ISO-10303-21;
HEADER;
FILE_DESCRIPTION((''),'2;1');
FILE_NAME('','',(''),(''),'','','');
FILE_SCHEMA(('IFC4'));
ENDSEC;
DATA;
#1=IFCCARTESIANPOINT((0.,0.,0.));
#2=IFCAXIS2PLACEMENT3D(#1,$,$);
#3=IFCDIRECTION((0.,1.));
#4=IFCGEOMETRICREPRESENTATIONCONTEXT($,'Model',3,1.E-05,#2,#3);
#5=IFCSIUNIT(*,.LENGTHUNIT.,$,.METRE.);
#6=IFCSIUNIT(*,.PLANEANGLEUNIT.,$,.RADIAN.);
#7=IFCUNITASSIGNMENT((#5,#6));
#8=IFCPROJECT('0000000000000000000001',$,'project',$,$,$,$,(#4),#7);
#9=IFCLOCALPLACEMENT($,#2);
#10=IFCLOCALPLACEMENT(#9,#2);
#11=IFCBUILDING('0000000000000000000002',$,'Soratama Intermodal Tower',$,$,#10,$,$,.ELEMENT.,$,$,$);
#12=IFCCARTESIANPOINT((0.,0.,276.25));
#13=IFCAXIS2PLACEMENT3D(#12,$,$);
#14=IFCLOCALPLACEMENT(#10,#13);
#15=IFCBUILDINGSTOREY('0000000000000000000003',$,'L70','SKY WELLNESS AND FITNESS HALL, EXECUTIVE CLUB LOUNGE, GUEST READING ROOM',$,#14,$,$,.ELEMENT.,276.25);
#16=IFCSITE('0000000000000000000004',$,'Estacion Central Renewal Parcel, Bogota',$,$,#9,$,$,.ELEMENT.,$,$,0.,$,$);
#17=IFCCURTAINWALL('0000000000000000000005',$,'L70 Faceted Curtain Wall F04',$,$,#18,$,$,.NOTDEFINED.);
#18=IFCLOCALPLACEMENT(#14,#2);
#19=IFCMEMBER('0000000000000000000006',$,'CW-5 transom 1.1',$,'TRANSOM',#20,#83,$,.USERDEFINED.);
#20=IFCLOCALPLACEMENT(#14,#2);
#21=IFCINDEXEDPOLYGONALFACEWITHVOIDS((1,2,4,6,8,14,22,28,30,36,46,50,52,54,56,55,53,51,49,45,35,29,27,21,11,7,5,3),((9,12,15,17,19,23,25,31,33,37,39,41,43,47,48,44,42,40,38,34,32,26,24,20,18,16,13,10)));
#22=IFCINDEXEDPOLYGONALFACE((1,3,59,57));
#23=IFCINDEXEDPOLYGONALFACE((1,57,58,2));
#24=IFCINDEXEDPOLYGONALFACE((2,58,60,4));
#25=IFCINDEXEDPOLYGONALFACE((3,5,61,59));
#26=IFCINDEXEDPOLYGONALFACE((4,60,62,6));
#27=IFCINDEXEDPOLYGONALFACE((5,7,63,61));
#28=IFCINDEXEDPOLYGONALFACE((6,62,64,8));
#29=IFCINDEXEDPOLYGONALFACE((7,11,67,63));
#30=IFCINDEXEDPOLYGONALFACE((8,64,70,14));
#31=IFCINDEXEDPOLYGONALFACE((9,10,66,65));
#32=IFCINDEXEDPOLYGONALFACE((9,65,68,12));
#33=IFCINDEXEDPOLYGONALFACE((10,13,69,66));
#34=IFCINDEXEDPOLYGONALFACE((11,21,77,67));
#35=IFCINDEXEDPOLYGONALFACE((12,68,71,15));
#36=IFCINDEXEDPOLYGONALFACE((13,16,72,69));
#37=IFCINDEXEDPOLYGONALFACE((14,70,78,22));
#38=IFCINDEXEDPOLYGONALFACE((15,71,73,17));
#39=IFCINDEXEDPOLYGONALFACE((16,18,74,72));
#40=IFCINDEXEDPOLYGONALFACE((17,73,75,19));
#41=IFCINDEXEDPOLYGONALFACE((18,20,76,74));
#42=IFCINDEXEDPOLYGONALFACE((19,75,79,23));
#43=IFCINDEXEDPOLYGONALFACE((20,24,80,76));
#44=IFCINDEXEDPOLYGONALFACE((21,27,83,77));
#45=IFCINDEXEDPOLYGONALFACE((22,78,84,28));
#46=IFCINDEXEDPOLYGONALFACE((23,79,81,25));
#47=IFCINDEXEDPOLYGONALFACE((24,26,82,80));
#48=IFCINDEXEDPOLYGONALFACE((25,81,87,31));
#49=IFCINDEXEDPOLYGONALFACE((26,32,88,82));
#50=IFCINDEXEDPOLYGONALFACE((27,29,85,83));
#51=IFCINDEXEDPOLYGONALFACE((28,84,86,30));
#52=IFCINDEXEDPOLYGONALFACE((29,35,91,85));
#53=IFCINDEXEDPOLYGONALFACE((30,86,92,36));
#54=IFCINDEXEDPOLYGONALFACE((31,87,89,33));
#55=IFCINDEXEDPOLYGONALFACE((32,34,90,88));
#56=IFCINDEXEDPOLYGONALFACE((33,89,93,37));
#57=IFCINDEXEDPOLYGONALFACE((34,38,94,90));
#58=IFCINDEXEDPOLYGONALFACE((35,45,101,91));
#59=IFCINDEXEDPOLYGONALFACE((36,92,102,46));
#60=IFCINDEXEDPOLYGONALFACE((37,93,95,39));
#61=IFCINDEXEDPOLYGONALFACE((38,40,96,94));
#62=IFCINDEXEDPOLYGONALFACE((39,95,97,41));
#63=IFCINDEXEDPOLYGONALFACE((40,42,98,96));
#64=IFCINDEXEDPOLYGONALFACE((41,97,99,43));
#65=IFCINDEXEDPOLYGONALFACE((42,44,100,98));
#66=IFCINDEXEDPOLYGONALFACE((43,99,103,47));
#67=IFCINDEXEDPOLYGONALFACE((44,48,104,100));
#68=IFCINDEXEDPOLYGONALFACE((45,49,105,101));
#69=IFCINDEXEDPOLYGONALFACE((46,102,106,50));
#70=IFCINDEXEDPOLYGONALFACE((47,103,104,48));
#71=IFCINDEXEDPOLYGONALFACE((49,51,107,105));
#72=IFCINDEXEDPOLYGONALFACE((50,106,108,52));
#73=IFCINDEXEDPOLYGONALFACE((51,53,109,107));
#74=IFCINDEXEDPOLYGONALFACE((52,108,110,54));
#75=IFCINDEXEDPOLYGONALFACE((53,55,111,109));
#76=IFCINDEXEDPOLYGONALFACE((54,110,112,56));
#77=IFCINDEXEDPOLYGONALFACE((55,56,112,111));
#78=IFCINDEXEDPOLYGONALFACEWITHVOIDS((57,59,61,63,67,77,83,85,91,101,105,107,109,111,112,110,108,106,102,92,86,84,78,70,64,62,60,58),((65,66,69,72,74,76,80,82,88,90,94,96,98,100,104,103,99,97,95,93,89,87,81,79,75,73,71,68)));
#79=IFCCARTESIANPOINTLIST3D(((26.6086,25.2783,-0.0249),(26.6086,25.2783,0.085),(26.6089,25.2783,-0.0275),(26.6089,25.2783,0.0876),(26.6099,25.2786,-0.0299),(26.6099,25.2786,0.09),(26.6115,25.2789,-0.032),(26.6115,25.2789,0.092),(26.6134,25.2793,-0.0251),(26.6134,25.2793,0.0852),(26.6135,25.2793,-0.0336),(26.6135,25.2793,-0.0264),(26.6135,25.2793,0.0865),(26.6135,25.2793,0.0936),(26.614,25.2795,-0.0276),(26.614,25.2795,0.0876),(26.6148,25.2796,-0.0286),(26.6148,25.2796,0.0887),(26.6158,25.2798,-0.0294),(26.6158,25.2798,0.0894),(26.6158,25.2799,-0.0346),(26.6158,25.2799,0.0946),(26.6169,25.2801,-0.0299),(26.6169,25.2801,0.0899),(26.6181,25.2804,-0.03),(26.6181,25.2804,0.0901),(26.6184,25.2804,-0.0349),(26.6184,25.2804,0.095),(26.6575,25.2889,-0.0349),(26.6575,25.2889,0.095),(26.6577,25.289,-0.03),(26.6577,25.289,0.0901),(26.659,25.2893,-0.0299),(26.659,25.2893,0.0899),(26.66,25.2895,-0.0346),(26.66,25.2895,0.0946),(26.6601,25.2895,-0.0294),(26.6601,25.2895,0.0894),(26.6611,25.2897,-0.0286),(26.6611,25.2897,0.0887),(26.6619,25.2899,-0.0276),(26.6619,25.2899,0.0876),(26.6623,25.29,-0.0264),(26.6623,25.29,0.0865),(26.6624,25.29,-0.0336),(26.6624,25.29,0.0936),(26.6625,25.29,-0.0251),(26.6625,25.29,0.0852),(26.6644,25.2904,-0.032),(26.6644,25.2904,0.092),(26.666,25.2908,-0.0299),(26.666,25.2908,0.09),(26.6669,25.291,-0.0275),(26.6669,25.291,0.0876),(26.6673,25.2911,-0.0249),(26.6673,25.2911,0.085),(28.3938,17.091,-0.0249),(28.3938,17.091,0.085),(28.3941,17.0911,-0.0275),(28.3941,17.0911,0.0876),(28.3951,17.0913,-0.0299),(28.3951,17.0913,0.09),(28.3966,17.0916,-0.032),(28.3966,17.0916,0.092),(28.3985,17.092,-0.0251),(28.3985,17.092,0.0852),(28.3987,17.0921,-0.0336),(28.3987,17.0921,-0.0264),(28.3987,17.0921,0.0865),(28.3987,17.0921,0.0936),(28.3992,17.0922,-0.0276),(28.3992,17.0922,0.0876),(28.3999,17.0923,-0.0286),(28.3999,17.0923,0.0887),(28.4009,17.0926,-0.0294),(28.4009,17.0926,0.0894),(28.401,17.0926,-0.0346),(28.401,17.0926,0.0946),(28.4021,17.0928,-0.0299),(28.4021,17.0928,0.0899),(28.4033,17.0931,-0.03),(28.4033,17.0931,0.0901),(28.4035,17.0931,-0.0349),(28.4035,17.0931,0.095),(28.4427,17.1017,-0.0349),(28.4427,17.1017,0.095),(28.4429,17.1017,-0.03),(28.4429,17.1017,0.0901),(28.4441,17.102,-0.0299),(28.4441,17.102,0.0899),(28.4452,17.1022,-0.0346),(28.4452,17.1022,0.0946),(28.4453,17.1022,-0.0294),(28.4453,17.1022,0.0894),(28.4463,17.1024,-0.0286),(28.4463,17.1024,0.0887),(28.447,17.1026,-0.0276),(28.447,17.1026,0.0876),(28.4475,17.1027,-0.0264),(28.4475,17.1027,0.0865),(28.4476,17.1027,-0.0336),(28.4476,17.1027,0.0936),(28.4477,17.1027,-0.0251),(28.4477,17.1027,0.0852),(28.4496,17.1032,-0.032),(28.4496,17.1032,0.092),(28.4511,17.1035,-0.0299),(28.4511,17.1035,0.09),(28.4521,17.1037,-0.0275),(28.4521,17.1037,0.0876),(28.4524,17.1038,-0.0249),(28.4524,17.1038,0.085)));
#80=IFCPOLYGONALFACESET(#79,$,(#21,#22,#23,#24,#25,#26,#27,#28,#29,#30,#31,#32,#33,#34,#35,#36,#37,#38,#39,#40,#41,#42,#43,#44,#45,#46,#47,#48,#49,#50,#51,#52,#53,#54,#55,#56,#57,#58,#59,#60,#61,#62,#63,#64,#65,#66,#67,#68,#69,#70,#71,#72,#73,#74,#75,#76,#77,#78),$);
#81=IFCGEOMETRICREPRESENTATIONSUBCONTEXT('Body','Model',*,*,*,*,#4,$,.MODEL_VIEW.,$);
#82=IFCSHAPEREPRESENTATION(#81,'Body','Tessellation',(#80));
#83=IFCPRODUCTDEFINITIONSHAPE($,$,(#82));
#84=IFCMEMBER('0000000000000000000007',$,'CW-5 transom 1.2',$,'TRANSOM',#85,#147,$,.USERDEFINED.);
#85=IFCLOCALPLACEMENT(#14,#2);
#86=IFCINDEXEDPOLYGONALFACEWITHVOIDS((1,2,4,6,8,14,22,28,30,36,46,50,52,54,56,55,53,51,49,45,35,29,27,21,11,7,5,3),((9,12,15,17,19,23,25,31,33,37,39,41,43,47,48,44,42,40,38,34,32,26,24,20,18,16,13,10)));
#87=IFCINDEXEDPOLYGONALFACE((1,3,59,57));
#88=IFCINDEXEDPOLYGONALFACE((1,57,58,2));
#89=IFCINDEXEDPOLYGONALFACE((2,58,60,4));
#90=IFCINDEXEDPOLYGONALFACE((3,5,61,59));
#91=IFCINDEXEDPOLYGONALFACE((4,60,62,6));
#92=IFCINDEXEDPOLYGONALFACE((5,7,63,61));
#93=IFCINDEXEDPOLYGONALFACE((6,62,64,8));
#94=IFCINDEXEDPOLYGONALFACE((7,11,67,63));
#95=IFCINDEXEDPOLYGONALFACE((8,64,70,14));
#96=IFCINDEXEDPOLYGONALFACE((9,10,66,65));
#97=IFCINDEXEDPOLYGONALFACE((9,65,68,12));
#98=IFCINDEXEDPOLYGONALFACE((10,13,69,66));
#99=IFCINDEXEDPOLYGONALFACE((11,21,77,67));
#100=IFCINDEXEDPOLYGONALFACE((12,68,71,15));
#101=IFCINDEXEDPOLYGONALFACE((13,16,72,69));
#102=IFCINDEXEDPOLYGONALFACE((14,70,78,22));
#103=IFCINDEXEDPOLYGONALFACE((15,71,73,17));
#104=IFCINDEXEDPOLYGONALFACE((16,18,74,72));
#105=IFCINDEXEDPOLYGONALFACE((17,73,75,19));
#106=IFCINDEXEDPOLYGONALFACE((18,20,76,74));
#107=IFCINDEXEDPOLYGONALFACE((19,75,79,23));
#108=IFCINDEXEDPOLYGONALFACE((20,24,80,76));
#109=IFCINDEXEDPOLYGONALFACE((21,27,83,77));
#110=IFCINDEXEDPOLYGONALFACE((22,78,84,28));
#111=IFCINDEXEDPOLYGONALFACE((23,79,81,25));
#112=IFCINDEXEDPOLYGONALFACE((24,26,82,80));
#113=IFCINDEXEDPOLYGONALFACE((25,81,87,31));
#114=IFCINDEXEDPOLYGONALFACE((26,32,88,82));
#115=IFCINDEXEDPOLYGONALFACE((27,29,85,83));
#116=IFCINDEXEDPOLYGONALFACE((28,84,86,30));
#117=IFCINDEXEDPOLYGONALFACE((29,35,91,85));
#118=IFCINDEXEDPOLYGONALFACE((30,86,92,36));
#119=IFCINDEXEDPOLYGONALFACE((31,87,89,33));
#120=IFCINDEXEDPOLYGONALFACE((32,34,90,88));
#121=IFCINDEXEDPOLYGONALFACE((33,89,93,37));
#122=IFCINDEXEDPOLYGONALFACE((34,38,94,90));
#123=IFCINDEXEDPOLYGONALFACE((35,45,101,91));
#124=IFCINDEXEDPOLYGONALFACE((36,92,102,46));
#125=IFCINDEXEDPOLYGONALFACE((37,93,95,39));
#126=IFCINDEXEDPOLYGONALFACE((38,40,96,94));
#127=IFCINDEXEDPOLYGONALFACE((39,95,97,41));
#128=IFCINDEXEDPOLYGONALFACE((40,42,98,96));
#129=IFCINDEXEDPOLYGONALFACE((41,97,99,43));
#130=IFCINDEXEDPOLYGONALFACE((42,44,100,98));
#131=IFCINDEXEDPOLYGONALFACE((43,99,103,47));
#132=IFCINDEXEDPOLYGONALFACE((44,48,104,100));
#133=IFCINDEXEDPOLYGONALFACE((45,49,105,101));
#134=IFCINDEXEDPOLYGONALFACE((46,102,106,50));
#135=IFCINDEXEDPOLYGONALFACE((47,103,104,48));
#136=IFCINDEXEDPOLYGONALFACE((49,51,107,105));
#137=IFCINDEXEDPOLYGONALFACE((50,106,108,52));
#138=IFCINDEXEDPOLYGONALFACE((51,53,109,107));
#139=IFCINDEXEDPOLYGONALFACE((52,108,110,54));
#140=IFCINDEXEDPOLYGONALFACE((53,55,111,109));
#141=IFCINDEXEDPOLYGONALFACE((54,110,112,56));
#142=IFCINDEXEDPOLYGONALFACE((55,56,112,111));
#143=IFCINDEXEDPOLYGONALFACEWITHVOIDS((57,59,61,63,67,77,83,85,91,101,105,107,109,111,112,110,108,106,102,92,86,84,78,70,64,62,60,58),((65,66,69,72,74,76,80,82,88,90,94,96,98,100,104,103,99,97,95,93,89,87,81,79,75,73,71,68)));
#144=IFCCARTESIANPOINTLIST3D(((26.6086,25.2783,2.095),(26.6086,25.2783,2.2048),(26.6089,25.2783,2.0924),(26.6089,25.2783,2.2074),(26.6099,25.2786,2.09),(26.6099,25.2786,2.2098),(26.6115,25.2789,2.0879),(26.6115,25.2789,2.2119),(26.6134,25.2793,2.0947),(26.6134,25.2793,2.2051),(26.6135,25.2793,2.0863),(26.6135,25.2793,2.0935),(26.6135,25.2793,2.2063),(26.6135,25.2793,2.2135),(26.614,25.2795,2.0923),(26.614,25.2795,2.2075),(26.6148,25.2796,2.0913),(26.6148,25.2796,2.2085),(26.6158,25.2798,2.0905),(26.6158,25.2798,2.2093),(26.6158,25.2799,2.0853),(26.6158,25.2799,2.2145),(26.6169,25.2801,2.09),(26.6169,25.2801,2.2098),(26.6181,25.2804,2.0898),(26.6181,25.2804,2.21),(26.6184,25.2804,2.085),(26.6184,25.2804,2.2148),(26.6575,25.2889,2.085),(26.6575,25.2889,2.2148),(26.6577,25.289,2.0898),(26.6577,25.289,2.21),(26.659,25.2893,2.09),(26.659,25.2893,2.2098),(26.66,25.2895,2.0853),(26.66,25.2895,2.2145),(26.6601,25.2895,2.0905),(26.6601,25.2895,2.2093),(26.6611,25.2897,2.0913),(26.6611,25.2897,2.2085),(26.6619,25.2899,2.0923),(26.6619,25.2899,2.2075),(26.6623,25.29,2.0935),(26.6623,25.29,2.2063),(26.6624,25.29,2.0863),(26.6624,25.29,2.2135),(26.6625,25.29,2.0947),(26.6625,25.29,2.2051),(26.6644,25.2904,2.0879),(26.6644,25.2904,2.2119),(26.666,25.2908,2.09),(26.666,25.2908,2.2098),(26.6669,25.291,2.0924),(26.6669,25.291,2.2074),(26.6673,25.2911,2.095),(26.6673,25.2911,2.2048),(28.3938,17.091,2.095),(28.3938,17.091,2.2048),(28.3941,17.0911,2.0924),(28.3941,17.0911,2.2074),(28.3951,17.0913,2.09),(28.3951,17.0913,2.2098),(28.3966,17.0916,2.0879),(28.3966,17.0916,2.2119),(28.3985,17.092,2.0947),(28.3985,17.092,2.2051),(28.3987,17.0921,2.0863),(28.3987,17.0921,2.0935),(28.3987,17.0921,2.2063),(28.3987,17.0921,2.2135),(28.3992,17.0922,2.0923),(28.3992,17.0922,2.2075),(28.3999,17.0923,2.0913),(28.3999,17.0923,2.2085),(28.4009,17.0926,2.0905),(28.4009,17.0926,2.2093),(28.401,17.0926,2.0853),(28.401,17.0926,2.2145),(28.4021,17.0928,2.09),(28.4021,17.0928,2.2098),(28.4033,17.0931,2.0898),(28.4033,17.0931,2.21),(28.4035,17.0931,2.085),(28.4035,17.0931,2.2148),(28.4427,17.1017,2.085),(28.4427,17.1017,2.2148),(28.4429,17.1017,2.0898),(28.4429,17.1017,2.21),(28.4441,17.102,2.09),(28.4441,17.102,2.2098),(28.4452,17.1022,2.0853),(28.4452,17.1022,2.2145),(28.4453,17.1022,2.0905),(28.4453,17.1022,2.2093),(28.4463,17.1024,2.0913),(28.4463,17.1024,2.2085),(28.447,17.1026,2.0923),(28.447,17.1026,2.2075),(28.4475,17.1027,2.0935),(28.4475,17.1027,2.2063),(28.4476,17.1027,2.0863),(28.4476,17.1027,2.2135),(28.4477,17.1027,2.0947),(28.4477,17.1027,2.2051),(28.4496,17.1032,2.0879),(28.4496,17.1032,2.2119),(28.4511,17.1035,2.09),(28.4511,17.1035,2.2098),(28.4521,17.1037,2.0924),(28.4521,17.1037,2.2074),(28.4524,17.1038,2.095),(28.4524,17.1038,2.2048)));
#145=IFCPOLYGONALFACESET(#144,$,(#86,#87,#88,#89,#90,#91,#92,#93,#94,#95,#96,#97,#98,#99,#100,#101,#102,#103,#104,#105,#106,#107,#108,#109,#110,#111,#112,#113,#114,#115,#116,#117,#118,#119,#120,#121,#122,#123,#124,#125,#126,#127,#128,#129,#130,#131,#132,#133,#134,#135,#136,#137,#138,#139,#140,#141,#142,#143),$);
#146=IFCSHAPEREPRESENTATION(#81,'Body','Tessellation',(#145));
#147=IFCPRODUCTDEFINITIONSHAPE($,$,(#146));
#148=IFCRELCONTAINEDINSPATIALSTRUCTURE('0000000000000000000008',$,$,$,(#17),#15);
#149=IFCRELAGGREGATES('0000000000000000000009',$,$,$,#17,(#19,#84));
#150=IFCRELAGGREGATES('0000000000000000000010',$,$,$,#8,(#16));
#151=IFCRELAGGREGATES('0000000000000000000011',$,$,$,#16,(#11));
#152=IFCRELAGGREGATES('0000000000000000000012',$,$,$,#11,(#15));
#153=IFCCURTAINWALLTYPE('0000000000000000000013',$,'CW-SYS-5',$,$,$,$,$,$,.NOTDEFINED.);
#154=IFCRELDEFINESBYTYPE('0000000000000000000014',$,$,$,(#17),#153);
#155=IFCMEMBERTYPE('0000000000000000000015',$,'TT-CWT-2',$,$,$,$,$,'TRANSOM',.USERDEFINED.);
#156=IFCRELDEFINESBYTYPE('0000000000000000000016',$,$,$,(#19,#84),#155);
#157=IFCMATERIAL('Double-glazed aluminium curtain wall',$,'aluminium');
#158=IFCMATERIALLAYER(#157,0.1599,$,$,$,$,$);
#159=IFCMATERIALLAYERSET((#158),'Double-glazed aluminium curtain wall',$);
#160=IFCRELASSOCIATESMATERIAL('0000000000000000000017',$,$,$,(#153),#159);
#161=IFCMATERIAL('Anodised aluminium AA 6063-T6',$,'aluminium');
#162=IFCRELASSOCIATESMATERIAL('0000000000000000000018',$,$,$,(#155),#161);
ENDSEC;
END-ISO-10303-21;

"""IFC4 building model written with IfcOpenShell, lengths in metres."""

from ifc_helpers import new_model, si_unit, direction, frame, origin, origin_2d, place, context, subcontext, project, spatial, hollow_rectangle, extrude, material, layer, layer_set, material_profile, profile_set, type_object, element, aggregate, save


model = new_model("IFC4")

# Units and contexts
model_context = context("Model", 3, precision=1e-05, world=origin(), true_north=direction((0.0, 1.0)))
body_context = subcontext(model_context, "Body", "Model", "MODEL_VIEW")
ifc_project = project(units=[si_unit("LENGTHUNIT", "METRE"), si_unit("PLANEANGLEUNIT", "RADIAN")], contexts=[model_context])

# Site, building, storey
site_placement = place(None, origin())
site = spatial("IfcSite", under=ifc_project, at=site_placement, Name="Estacion Central Renewal Parcel, Bogota", CompositionType="ELEMENT", RefElevation=0.0)
building_placement = place(site_placement, origin())
building = spatial("IfcBuilding", under=site, at=building_placement, Name="Soratama Intermodal Tower", CompositionType="ELEMENT")
storey_placement = place(building_placement, frame((0.0, 0.0, 276.25)))
storey = spatial("IfcBuildingStorey", under=building, at=storey_placement, Name="L70", Description="SKY WELLNESS AND FITNESS HALL, EXECUTIVE CLUB LOUNGE, GUEST READING ROOM", CompositionType="ELEMENT", Elevation=276.25)

# Shared definitions
ifc_material_1 = material(Name="Double-glazed aluminium curtain wall", Category="aluminium")
ifc_layer_1 = layer(ifc_material_1, 0.1599)
ifc_layer_set_1 = layer_set([ifc_layer_1], Name="Double-glazed aluminium curtain wall")
curtain_wall_type = type_object("IfcCurtainWallType", Name="CW-SYS-5", PredefinedType="NOTDEFINED", material=ifc_layer_set_1)

# Curtain wall, members
curtain_wall_1_placement = place(storey_placement, origin())
curtain_wall_1 = element("IfcCurtainWall", 1, at=curtain_wall_1_placement, inside=storey, type_object=curtain_wall_type, Name="L70 Faceted Curtain Wall F04", PredefinedType="NOTDEFINED")
ifc_material_2 = material(Name="Anodised aluminium AA 6063-T6", Category="aluminium")
ifc_material_profile_1 = material_profile(ifc_material_2, hollow_rectangle(XDim=0.0601, YDim=0.1299, WallThickness=0.0049, InnerFilletRadius=0.0049, OuterFilletRadius=0.01, at=origin_2d()), Name="CWT130X60X5")
ifc_profile_set_1 = profile_set([ifc_material_profile_1], Name="Anodised aluminium AA 6063-T6")
member_type_1 = type_object("IfcMemberType", Name="TT-CWT-2", ElementType="TRANSOM", PredefinedType="USERDEFINED", material=ifc_profile_set_1)
member_1_placement = place(storey_placement, frame((26.6379, 25.2847, 0.03), z_axis=(0.213036, -0.977044, 0.0), x_axis=(0.977044, 0.213036, 0.0)))
member_1 = element("IfcMember", 2, at=member_1_placement, type_object=member_type_1, Name="CW-5 transom 1.1", ObjectType="TRANSOM", PredefinedType="USERDEFINED", context=body_context, shape_type="SweptSolid", body=[
    extrude(hollow_rectangle(XDim=0.0601, YDim=0.1299, WallThickness=0.0049, InnerFilletRadius=0.0049, OuterFilletRadius=0.01, at=origin_2d()), origin(), (0.0, 0.0, 1.0), 8.3796),
])
member_2_placement = place(storey_placement, frame((26.6379, 25.2847, 2.1499), z_axis=(0.213036, -0.977044, 0.0), x_axis=(0.977044, 0.213036, 0.0)))
member_2 = element("IfcMember", 3, at=member_2_placement, type_object=member_type_1, Name="CW-5 transom 1.2", ObjectType="TRANSOM", PredefinedType="USERDEFINED", context=body_context, shape_type="SweptSolid", body=[
    extrude(hollow_rectangle(XDim=0.0601, YDim=0.1299, WallThickness=0.0049, InnerFilletRadius=0.0049, OuterFilletRadius=0.01, at=origin_2d()), origin(), (0.0, 0.0, 1.0), 8.3796),
])
aggregate(curtain_wall_1, [member_1, member_2])

save(model, "model.ifc")
